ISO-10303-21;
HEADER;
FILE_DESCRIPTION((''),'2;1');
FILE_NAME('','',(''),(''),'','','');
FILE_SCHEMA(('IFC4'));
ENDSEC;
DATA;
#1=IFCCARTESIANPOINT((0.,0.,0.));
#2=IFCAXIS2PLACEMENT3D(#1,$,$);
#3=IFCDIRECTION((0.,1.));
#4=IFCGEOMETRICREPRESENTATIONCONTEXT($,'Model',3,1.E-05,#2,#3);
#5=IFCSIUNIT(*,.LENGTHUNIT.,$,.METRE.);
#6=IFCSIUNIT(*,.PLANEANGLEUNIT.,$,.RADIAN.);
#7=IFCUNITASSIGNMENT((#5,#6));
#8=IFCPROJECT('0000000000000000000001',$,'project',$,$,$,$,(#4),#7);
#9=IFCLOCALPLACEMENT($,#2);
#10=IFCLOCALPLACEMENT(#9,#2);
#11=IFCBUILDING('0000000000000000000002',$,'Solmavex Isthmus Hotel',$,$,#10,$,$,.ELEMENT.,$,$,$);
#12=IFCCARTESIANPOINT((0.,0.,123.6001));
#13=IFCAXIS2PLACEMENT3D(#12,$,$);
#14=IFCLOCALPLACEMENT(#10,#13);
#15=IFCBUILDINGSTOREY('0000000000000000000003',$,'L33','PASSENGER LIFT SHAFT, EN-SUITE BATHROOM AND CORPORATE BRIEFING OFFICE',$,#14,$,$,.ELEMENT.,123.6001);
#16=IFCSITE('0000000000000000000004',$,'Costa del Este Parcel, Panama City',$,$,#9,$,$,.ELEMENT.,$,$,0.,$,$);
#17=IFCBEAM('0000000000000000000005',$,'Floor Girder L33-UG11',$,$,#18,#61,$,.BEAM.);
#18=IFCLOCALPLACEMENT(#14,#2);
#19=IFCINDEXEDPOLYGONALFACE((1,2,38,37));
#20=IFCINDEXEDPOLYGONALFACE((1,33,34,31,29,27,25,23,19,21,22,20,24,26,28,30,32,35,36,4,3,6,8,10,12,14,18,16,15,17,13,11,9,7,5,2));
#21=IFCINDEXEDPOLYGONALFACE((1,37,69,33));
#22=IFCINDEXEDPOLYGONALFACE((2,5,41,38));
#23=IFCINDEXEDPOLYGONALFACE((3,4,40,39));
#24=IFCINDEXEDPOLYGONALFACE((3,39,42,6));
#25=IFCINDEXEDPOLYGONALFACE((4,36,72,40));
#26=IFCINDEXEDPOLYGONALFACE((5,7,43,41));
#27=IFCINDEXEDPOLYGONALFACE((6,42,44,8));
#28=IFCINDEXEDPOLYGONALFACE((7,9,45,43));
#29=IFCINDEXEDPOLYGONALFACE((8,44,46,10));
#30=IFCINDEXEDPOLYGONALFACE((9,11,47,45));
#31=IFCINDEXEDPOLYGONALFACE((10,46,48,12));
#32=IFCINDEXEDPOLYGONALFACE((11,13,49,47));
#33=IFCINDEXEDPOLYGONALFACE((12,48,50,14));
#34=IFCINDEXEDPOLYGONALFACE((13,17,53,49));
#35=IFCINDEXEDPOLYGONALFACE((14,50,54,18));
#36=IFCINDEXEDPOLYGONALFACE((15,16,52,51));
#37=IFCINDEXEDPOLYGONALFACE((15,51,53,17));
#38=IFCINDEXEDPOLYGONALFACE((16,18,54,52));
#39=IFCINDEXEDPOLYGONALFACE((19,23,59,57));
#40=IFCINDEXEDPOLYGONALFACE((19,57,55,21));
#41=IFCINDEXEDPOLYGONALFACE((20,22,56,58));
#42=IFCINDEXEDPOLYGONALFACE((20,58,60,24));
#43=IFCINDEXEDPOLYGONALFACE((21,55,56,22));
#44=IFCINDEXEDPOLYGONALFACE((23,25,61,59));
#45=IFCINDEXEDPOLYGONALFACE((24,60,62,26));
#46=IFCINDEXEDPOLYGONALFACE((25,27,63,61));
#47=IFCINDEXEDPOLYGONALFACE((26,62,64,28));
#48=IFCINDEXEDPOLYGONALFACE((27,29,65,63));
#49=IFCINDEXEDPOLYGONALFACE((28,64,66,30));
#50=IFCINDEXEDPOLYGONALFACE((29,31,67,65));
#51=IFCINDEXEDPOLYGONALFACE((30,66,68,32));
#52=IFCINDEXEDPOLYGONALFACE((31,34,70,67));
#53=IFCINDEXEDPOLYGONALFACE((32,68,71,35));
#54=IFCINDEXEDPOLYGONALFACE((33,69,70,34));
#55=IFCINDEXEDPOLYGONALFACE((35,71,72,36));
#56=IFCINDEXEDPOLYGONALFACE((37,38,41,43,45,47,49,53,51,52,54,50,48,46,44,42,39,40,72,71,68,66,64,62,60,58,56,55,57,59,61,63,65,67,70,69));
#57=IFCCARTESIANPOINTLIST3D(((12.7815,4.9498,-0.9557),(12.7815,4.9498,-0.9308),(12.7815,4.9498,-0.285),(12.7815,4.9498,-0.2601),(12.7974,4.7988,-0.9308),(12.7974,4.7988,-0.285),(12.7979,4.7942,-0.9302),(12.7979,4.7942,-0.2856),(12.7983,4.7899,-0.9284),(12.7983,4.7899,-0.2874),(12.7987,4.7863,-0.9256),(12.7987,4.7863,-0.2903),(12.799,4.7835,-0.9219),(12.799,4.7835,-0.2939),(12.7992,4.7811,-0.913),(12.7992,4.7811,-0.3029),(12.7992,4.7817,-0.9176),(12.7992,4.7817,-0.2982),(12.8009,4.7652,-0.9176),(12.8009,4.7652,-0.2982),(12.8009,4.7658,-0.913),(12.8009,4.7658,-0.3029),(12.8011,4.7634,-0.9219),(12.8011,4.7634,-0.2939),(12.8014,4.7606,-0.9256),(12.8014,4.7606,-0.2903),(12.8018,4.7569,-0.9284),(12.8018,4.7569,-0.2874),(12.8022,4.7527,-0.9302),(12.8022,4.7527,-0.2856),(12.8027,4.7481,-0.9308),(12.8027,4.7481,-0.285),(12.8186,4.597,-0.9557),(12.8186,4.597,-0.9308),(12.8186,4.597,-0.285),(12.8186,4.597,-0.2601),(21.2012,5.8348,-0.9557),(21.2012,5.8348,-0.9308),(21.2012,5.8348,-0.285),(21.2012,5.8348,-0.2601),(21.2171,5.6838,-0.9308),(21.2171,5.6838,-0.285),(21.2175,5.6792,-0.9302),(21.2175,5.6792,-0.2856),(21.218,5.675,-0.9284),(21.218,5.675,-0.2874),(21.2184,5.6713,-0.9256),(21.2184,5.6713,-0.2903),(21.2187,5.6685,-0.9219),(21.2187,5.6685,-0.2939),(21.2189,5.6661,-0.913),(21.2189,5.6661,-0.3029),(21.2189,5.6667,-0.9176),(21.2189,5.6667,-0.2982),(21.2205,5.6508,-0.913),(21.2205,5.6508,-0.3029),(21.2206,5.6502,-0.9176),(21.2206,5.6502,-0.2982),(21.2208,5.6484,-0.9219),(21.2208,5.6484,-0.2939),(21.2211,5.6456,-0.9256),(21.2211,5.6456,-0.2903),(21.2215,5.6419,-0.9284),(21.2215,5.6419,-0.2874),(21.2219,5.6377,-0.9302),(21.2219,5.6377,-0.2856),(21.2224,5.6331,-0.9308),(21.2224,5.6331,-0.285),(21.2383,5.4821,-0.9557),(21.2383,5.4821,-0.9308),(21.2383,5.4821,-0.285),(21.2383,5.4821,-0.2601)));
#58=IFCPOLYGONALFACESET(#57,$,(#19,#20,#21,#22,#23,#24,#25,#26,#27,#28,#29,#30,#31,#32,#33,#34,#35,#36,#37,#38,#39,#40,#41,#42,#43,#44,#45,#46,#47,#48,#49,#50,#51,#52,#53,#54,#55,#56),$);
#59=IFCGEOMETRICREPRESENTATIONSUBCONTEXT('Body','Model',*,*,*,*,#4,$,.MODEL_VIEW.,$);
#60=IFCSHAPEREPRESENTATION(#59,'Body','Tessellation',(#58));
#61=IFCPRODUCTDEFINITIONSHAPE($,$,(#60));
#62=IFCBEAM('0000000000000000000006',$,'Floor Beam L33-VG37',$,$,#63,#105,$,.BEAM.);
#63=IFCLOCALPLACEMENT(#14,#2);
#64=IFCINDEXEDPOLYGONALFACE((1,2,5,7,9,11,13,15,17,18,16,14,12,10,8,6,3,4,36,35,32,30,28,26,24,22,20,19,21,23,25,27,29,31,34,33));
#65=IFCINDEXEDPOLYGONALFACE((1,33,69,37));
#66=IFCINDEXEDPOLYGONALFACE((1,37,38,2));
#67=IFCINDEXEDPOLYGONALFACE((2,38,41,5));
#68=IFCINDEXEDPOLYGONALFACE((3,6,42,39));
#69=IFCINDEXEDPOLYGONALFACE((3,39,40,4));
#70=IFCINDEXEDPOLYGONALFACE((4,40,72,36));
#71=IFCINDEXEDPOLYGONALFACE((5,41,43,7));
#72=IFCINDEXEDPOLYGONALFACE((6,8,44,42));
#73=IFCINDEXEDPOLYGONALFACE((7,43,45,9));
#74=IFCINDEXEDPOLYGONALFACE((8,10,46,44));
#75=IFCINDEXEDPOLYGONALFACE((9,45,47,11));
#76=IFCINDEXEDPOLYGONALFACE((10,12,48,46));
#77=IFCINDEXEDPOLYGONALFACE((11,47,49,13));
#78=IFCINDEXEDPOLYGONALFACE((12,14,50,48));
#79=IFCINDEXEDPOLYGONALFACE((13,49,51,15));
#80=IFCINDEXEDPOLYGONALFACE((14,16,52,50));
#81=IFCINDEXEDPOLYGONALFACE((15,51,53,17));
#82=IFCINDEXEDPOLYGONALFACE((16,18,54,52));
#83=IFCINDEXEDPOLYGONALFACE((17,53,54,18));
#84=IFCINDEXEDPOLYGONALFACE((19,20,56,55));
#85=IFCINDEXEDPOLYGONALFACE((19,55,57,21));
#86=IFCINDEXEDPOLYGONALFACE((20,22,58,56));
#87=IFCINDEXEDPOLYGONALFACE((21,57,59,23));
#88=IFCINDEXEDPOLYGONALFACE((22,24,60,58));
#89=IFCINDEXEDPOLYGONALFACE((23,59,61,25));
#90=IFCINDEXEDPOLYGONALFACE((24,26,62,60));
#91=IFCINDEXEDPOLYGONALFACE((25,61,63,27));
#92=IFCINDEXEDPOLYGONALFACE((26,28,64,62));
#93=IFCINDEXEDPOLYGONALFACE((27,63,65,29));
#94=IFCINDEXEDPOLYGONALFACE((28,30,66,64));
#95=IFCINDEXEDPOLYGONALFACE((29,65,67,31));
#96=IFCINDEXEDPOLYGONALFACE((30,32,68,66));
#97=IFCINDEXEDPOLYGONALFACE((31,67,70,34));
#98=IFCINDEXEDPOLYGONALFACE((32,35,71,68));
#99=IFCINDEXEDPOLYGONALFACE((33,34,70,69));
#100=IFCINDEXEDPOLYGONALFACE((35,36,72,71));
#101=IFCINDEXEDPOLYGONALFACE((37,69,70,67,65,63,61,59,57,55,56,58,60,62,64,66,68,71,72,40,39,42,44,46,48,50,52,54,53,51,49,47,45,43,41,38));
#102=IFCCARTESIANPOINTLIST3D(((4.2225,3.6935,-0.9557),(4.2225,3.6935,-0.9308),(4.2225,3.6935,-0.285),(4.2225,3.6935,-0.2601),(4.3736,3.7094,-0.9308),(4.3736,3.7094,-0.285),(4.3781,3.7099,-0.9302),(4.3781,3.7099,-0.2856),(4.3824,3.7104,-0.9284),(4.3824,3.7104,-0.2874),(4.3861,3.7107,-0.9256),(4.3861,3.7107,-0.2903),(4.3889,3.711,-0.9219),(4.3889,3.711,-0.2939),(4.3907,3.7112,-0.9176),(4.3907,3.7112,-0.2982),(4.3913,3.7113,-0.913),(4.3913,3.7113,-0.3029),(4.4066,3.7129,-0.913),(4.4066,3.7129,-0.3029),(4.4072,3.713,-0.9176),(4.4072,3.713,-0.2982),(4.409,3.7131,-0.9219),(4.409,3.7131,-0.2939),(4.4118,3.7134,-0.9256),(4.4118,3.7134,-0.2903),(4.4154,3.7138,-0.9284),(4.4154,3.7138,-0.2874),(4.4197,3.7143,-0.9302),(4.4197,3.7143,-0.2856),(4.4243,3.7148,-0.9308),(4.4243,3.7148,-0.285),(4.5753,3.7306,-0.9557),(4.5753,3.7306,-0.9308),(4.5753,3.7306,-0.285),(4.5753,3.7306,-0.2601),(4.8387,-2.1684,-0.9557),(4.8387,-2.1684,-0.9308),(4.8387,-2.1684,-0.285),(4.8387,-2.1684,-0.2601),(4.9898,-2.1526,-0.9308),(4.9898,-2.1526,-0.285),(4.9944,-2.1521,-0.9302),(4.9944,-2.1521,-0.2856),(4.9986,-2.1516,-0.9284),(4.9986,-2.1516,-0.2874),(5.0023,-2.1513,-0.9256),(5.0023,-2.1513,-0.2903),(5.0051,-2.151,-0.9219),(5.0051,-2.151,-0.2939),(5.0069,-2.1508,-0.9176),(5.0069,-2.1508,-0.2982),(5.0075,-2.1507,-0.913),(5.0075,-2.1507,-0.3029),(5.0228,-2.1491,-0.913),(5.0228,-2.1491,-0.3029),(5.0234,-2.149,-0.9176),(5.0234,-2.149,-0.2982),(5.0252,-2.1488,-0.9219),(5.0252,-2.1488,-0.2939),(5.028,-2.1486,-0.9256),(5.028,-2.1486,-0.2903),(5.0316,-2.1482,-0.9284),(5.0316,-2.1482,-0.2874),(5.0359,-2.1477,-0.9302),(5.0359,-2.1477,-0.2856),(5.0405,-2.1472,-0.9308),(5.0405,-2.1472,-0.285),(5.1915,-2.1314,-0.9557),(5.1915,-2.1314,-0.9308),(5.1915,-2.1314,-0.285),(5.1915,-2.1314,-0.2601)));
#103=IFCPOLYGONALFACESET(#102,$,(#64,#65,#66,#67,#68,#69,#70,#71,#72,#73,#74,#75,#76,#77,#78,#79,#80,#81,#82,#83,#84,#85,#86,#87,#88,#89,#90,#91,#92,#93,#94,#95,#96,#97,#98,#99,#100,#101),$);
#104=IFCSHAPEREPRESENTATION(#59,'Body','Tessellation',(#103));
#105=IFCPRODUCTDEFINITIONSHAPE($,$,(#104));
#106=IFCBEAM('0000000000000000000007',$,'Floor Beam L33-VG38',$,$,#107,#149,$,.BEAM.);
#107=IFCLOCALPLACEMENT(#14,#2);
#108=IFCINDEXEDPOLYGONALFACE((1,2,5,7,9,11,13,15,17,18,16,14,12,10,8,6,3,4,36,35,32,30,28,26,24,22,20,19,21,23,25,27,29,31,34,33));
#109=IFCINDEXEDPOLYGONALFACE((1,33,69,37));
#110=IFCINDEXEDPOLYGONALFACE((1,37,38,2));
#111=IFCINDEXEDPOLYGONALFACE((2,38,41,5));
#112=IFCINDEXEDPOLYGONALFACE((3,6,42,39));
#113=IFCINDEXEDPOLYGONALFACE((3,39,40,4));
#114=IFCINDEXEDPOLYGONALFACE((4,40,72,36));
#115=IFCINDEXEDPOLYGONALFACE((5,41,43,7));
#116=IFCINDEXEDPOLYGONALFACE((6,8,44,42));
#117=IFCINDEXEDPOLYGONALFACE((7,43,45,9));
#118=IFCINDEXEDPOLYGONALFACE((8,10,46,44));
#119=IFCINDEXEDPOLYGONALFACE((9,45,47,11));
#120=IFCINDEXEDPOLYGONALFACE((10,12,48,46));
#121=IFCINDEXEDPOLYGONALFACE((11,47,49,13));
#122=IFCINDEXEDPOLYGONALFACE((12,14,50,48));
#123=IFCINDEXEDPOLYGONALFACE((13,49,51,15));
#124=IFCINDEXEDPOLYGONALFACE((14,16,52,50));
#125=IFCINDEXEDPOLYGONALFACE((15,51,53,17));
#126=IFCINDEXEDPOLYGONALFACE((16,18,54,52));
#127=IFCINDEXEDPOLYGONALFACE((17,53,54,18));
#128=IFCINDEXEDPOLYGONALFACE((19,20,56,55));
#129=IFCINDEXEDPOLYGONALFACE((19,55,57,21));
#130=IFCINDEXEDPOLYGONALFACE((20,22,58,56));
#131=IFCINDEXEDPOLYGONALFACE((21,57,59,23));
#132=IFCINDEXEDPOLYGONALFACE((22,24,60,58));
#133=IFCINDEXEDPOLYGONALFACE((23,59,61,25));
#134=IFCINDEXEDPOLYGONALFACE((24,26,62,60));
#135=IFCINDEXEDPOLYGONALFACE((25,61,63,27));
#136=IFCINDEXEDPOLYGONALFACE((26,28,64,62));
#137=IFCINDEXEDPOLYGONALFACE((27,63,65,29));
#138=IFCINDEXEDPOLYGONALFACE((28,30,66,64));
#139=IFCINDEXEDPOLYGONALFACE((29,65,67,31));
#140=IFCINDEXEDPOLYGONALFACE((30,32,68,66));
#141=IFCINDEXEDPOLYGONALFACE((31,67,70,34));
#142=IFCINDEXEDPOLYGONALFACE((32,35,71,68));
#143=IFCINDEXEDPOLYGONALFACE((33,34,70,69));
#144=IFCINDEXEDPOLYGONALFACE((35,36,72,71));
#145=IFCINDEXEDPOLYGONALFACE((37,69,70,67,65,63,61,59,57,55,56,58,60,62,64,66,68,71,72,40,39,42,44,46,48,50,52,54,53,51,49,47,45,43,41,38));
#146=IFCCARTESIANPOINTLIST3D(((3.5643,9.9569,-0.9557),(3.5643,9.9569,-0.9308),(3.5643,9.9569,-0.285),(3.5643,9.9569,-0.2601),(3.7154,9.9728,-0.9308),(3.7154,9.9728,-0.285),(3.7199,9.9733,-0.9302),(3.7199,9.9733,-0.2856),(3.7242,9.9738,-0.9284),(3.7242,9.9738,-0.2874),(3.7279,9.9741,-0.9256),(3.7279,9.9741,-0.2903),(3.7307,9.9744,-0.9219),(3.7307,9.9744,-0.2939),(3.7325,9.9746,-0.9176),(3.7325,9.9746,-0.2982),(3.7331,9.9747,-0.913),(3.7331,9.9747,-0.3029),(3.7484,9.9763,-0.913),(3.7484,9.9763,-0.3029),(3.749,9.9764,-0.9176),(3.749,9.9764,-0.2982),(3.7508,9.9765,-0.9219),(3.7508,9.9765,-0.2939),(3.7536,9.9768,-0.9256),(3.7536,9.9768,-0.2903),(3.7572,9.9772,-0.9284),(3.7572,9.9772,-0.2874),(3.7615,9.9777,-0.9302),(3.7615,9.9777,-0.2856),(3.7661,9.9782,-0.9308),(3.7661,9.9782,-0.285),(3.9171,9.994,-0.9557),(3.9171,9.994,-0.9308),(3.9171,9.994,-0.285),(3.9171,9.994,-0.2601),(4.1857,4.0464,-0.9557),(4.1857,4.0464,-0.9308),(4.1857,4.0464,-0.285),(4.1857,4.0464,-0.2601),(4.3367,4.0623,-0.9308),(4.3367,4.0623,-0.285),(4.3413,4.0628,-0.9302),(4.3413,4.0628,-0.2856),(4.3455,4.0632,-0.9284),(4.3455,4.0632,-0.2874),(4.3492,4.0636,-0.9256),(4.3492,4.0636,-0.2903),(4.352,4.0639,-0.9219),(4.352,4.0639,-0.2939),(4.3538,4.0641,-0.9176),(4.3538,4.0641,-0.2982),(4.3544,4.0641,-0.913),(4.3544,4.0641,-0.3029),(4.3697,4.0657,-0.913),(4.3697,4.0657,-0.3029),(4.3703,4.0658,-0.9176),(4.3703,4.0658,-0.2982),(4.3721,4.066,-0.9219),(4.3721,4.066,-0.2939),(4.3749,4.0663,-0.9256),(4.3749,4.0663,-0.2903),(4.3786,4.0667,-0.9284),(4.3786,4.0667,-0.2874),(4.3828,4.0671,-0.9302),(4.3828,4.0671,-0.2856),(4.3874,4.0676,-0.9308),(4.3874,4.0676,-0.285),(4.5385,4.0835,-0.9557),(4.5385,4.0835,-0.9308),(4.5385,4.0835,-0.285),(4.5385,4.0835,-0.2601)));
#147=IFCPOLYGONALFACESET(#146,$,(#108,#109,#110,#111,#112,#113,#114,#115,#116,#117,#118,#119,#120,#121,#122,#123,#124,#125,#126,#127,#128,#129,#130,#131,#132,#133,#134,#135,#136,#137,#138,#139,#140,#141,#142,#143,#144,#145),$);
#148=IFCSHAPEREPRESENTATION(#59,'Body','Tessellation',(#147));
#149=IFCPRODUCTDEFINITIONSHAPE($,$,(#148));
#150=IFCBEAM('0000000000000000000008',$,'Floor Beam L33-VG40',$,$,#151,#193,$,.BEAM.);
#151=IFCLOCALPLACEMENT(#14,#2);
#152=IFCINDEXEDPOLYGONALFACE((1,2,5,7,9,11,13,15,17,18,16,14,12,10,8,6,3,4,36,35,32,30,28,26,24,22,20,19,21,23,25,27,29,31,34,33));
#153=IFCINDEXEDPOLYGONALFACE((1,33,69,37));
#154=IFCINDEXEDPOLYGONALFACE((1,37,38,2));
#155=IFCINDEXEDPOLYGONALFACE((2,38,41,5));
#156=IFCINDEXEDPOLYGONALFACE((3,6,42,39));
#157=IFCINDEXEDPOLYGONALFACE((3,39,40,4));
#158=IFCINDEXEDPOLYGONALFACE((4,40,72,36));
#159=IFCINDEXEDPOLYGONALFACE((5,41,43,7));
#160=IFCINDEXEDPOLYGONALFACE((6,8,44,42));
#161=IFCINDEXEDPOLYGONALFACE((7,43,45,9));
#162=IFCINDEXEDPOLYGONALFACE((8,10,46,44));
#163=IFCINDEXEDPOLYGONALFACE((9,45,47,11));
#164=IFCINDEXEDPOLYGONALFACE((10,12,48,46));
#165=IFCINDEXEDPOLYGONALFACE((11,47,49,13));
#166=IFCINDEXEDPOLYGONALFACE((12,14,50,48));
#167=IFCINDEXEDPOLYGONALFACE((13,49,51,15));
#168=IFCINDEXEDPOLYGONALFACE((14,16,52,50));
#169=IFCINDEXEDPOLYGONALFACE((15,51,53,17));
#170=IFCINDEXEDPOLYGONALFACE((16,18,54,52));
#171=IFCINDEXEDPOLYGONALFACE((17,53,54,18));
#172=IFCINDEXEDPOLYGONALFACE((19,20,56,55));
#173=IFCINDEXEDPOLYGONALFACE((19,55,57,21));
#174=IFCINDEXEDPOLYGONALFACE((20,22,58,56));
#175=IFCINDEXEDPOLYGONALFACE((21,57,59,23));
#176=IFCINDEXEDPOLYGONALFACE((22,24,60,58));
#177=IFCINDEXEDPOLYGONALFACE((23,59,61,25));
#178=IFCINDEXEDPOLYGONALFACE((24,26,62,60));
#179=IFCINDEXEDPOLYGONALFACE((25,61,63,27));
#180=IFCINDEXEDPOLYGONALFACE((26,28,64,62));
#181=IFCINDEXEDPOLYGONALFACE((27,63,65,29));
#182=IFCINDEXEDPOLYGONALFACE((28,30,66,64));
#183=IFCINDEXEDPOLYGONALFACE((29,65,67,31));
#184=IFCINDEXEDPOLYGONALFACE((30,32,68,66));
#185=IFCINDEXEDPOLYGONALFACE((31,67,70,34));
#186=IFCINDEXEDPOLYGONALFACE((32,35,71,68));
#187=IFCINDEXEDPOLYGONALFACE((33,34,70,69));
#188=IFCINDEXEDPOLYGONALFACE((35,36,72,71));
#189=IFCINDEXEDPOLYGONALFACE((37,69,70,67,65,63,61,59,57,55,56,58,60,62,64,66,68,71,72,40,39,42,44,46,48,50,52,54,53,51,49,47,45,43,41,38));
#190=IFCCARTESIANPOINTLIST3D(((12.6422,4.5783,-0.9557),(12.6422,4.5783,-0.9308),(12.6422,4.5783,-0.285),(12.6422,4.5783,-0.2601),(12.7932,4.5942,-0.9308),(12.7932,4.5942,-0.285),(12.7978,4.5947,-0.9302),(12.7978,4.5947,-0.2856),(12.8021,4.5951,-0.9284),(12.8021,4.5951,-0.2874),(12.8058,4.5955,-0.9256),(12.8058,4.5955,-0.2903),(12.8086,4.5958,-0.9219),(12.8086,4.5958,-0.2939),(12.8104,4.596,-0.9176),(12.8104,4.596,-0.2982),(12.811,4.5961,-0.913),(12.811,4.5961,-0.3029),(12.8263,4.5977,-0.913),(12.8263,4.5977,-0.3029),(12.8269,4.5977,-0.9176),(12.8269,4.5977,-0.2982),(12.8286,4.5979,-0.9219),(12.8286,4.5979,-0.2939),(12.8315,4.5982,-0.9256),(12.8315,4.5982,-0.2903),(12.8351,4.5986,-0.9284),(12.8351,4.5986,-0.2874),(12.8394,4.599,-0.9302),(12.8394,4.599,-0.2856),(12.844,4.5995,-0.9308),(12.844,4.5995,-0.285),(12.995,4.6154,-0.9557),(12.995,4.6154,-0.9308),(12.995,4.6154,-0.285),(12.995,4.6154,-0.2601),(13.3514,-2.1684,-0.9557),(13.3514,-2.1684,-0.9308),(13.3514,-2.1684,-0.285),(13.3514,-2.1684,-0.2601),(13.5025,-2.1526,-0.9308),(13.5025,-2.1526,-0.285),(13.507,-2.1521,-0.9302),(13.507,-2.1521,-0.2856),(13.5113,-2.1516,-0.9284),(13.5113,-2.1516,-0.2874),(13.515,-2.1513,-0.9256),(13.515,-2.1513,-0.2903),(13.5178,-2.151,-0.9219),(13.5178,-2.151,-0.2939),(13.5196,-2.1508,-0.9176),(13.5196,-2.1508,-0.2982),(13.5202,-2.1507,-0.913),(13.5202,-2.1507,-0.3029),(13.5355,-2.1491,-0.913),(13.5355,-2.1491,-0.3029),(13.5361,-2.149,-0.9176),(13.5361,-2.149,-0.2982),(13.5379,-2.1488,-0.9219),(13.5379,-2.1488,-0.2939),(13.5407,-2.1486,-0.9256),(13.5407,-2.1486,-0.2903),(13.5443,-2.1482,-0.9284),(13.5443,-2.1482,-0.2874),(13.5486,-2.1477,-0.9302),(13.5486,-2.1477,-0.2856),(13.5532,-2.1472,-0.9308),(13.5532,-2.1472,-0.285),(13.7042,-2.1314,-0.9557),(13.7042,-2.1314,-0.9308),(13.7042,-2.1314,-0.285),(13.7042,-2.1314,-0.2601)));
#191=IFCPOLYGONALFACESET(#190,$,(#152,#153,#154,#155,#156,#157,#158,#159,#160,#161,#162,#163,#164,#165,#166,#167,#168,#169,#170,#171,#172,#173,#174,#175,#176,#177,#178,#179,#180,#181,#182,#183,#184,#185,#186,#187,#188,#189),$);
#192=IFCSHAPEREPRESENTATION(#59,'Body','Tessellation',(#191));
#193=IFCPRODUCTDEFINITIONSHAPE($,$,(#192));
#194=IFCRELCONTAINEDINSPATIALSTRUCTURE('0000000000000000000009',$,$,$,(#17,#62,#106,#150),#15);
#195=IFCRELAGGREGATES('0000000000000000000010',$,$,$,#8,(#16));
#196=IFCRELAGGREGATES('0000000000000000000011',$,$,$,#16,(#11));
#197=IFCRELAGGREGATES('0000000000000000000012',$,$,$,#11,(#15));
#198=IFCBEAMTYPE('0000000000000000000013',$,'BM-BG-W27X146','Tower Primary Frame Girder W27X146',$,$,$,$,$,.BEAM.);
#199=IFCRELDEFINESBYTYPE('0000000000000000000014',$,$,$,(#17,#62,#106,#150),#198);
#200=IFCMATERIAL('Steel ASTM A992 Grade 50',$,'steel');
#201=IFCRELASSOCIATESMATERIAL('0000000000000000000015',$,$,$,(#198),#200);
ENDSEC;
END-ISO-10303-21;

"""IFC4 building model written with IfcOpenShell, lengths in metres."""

from ifc_helpers import new_model, si_unit, direction, frame, origin, origin_2d, place, context, subcontext, project, spatial, i_section, extrude, material, material_profile, profile_set, type_object, element, save


model = new_model("IFC4")

# Units and contexts
model_context = context("Model", 3, precision=1e-05, world=origin(), true_north=direction((0.0, 1.0)))
body_context = subcontext(model_context, "Body", "Model", "MODEL_VIEW")
ifc_project = project(units=[si_unit("LENGTHUNIT", "METRE"), si_unit("PLANEANGLEUNIT", "RADIAN")], contexts=[model_context])

# Site, building, storey
site_placement = place(None, origin())
site = spatial("IfcSite", under=ifc_project, at=site_placement, Name="Costa del Este Parcel, Panama City", CompositionType="ELEMENT", RefElevation=0.0)
building_placement = place(site_placement, origin())
building = spatial("IfcBuilding", under=site, at=building_placement, Name="Solmavex Isthmus Hotel", CompositionType="ELEMENT")
storey_placement = place(building_placement, frame((0.0, 0.0, 123.6001)))
storey = spatial("IfcBuildingStorey", under=building, at=storey_placement, Name="L33", Description="PASSENGER LIFT SHAFT, EN-SUITE BATHROOM AND CORPORATE BRIEFING OFFICE", CompositionType="ELEMENT", Elevation=123.6001)

# Beams
ifc_material_1 = material(Name="Steel ASTM A992 Grade 50", Category="steel")
ifc_material_profile_1 = material_profile(ifc_material_1, i_section(OverallWidth=0.3547, OverallDepth=0.6956, WebThickness=0.0154, FlangeThickness=0.0249, FilletRadius=0.0178, at=origin_2d()), Name="W27X146")
ifc_profile_set_1 = profile_set([ifc_material_profile_1], Name="Steel ASTM A992 Grade 50")
beam_type_1 = type_object("IfcBeamType", Name="BM-BG-W27X146", Description="Tower Primary Frame Girder W27X146", PredefinedType="BEAM", material=ifc_profile_set_1)
for number, where, z_axis, x_axis, name in (
    (1, (12.8, 4.7734, -0.6079), (0.994521, 0.104536, 0.0), (-0.104536, 0.994521, 0.0), "Floor Girder L33-UG11"),
):
    element("IfcBeam", number, at=place(storey_placement, frame(where, z_axis=z_axis, x_axis=x_axis)), inside=storey, type_object=beam_type_1, Name=name, PredefinedType="BEAM", context=body_context, shape_type="SweptSolid", body=[
        extrude(i_section(OverallWidth=0.3547, OverallDepth=0.6956, WebThickness=0.0154, FlangeThickness=0.0249, FilletRadius=0.0178, at=origin_2d()), origin(), (0.0, 0.0, 1.0), 8.4661),
    ])
beam_1_placement = place(storey_placement, frame((5.0151, -2.1499, -0.6079), z_axis=(-0.104542, 0.99452, 0.0), x_axis=(-0.99452, -0.104542, 0.0)))
element("IfcBeam", 2, at=beam_1_placement, inside=storey, type_object=beam_type_1, Name="Floor Beam L33-VG37", PredefinedType="BEAM", context=body_context, shape_type="SweptSolid", body=[
    extrude(i_section(OverallWidth=0.3547, OverallDepth=0.6956, WebThickness=0.0154, FlangeThickness=0.0249, FilletRadius=0.0178, at=origin_2d()), origin(), (0.0, 0.0, 1.0), 5.8943),
])
beam_2_placement = place(storey_placement, frame((4.3621, 4.0649, -0.6079), z_axis=(-0.104546, 0.99452, 0.0), x_axis=(-0.99452, -0.104546, 0.0)))
element("IfcBeam", 3, at=beam_2_placement, inside=storey, type_object=beam_type_1, Name="Floor Beam L33-VG38", PredefinedType="BEAM", context=body_context, shape_type="SweptSolid", body=[
    extrude(i_section(OverallWidth=0.3547, OverallDepth=0.6956, WebThickness=0.0154, FlangeThickness=0.0249, FilletRadius=0.0178, at=origin_2d()), origin(), (0.0, 0.0, 1.0), 5.9431),
])
beam_3_placement = place(storey_placement, frame((13.5278, -2.1499, -0.6079), z_axis=(-0.104544, 0.99452, 0.0), x_axis=(-0.99452, -0.104544, 0.0)))
element("IfcBeam", 4, at=beam_3_placement, inside=storey, type_object=beam_type_1, Name="Floor Beam L33-VG40", PredefinedType="BEAM", context=body_context, shape_type="SweptSolid", body=[
    extrude(i_section(OverallWidth=0.3547, OverallDepth=0.6956, WebThickness=0.0154, FlangeThickness=0.0249, FilletRadius=0.0178, at=origin_2d()), origin(), (0.0, 0.0, 1.0), 6.7839),
])

save(model, "model.ifc")
